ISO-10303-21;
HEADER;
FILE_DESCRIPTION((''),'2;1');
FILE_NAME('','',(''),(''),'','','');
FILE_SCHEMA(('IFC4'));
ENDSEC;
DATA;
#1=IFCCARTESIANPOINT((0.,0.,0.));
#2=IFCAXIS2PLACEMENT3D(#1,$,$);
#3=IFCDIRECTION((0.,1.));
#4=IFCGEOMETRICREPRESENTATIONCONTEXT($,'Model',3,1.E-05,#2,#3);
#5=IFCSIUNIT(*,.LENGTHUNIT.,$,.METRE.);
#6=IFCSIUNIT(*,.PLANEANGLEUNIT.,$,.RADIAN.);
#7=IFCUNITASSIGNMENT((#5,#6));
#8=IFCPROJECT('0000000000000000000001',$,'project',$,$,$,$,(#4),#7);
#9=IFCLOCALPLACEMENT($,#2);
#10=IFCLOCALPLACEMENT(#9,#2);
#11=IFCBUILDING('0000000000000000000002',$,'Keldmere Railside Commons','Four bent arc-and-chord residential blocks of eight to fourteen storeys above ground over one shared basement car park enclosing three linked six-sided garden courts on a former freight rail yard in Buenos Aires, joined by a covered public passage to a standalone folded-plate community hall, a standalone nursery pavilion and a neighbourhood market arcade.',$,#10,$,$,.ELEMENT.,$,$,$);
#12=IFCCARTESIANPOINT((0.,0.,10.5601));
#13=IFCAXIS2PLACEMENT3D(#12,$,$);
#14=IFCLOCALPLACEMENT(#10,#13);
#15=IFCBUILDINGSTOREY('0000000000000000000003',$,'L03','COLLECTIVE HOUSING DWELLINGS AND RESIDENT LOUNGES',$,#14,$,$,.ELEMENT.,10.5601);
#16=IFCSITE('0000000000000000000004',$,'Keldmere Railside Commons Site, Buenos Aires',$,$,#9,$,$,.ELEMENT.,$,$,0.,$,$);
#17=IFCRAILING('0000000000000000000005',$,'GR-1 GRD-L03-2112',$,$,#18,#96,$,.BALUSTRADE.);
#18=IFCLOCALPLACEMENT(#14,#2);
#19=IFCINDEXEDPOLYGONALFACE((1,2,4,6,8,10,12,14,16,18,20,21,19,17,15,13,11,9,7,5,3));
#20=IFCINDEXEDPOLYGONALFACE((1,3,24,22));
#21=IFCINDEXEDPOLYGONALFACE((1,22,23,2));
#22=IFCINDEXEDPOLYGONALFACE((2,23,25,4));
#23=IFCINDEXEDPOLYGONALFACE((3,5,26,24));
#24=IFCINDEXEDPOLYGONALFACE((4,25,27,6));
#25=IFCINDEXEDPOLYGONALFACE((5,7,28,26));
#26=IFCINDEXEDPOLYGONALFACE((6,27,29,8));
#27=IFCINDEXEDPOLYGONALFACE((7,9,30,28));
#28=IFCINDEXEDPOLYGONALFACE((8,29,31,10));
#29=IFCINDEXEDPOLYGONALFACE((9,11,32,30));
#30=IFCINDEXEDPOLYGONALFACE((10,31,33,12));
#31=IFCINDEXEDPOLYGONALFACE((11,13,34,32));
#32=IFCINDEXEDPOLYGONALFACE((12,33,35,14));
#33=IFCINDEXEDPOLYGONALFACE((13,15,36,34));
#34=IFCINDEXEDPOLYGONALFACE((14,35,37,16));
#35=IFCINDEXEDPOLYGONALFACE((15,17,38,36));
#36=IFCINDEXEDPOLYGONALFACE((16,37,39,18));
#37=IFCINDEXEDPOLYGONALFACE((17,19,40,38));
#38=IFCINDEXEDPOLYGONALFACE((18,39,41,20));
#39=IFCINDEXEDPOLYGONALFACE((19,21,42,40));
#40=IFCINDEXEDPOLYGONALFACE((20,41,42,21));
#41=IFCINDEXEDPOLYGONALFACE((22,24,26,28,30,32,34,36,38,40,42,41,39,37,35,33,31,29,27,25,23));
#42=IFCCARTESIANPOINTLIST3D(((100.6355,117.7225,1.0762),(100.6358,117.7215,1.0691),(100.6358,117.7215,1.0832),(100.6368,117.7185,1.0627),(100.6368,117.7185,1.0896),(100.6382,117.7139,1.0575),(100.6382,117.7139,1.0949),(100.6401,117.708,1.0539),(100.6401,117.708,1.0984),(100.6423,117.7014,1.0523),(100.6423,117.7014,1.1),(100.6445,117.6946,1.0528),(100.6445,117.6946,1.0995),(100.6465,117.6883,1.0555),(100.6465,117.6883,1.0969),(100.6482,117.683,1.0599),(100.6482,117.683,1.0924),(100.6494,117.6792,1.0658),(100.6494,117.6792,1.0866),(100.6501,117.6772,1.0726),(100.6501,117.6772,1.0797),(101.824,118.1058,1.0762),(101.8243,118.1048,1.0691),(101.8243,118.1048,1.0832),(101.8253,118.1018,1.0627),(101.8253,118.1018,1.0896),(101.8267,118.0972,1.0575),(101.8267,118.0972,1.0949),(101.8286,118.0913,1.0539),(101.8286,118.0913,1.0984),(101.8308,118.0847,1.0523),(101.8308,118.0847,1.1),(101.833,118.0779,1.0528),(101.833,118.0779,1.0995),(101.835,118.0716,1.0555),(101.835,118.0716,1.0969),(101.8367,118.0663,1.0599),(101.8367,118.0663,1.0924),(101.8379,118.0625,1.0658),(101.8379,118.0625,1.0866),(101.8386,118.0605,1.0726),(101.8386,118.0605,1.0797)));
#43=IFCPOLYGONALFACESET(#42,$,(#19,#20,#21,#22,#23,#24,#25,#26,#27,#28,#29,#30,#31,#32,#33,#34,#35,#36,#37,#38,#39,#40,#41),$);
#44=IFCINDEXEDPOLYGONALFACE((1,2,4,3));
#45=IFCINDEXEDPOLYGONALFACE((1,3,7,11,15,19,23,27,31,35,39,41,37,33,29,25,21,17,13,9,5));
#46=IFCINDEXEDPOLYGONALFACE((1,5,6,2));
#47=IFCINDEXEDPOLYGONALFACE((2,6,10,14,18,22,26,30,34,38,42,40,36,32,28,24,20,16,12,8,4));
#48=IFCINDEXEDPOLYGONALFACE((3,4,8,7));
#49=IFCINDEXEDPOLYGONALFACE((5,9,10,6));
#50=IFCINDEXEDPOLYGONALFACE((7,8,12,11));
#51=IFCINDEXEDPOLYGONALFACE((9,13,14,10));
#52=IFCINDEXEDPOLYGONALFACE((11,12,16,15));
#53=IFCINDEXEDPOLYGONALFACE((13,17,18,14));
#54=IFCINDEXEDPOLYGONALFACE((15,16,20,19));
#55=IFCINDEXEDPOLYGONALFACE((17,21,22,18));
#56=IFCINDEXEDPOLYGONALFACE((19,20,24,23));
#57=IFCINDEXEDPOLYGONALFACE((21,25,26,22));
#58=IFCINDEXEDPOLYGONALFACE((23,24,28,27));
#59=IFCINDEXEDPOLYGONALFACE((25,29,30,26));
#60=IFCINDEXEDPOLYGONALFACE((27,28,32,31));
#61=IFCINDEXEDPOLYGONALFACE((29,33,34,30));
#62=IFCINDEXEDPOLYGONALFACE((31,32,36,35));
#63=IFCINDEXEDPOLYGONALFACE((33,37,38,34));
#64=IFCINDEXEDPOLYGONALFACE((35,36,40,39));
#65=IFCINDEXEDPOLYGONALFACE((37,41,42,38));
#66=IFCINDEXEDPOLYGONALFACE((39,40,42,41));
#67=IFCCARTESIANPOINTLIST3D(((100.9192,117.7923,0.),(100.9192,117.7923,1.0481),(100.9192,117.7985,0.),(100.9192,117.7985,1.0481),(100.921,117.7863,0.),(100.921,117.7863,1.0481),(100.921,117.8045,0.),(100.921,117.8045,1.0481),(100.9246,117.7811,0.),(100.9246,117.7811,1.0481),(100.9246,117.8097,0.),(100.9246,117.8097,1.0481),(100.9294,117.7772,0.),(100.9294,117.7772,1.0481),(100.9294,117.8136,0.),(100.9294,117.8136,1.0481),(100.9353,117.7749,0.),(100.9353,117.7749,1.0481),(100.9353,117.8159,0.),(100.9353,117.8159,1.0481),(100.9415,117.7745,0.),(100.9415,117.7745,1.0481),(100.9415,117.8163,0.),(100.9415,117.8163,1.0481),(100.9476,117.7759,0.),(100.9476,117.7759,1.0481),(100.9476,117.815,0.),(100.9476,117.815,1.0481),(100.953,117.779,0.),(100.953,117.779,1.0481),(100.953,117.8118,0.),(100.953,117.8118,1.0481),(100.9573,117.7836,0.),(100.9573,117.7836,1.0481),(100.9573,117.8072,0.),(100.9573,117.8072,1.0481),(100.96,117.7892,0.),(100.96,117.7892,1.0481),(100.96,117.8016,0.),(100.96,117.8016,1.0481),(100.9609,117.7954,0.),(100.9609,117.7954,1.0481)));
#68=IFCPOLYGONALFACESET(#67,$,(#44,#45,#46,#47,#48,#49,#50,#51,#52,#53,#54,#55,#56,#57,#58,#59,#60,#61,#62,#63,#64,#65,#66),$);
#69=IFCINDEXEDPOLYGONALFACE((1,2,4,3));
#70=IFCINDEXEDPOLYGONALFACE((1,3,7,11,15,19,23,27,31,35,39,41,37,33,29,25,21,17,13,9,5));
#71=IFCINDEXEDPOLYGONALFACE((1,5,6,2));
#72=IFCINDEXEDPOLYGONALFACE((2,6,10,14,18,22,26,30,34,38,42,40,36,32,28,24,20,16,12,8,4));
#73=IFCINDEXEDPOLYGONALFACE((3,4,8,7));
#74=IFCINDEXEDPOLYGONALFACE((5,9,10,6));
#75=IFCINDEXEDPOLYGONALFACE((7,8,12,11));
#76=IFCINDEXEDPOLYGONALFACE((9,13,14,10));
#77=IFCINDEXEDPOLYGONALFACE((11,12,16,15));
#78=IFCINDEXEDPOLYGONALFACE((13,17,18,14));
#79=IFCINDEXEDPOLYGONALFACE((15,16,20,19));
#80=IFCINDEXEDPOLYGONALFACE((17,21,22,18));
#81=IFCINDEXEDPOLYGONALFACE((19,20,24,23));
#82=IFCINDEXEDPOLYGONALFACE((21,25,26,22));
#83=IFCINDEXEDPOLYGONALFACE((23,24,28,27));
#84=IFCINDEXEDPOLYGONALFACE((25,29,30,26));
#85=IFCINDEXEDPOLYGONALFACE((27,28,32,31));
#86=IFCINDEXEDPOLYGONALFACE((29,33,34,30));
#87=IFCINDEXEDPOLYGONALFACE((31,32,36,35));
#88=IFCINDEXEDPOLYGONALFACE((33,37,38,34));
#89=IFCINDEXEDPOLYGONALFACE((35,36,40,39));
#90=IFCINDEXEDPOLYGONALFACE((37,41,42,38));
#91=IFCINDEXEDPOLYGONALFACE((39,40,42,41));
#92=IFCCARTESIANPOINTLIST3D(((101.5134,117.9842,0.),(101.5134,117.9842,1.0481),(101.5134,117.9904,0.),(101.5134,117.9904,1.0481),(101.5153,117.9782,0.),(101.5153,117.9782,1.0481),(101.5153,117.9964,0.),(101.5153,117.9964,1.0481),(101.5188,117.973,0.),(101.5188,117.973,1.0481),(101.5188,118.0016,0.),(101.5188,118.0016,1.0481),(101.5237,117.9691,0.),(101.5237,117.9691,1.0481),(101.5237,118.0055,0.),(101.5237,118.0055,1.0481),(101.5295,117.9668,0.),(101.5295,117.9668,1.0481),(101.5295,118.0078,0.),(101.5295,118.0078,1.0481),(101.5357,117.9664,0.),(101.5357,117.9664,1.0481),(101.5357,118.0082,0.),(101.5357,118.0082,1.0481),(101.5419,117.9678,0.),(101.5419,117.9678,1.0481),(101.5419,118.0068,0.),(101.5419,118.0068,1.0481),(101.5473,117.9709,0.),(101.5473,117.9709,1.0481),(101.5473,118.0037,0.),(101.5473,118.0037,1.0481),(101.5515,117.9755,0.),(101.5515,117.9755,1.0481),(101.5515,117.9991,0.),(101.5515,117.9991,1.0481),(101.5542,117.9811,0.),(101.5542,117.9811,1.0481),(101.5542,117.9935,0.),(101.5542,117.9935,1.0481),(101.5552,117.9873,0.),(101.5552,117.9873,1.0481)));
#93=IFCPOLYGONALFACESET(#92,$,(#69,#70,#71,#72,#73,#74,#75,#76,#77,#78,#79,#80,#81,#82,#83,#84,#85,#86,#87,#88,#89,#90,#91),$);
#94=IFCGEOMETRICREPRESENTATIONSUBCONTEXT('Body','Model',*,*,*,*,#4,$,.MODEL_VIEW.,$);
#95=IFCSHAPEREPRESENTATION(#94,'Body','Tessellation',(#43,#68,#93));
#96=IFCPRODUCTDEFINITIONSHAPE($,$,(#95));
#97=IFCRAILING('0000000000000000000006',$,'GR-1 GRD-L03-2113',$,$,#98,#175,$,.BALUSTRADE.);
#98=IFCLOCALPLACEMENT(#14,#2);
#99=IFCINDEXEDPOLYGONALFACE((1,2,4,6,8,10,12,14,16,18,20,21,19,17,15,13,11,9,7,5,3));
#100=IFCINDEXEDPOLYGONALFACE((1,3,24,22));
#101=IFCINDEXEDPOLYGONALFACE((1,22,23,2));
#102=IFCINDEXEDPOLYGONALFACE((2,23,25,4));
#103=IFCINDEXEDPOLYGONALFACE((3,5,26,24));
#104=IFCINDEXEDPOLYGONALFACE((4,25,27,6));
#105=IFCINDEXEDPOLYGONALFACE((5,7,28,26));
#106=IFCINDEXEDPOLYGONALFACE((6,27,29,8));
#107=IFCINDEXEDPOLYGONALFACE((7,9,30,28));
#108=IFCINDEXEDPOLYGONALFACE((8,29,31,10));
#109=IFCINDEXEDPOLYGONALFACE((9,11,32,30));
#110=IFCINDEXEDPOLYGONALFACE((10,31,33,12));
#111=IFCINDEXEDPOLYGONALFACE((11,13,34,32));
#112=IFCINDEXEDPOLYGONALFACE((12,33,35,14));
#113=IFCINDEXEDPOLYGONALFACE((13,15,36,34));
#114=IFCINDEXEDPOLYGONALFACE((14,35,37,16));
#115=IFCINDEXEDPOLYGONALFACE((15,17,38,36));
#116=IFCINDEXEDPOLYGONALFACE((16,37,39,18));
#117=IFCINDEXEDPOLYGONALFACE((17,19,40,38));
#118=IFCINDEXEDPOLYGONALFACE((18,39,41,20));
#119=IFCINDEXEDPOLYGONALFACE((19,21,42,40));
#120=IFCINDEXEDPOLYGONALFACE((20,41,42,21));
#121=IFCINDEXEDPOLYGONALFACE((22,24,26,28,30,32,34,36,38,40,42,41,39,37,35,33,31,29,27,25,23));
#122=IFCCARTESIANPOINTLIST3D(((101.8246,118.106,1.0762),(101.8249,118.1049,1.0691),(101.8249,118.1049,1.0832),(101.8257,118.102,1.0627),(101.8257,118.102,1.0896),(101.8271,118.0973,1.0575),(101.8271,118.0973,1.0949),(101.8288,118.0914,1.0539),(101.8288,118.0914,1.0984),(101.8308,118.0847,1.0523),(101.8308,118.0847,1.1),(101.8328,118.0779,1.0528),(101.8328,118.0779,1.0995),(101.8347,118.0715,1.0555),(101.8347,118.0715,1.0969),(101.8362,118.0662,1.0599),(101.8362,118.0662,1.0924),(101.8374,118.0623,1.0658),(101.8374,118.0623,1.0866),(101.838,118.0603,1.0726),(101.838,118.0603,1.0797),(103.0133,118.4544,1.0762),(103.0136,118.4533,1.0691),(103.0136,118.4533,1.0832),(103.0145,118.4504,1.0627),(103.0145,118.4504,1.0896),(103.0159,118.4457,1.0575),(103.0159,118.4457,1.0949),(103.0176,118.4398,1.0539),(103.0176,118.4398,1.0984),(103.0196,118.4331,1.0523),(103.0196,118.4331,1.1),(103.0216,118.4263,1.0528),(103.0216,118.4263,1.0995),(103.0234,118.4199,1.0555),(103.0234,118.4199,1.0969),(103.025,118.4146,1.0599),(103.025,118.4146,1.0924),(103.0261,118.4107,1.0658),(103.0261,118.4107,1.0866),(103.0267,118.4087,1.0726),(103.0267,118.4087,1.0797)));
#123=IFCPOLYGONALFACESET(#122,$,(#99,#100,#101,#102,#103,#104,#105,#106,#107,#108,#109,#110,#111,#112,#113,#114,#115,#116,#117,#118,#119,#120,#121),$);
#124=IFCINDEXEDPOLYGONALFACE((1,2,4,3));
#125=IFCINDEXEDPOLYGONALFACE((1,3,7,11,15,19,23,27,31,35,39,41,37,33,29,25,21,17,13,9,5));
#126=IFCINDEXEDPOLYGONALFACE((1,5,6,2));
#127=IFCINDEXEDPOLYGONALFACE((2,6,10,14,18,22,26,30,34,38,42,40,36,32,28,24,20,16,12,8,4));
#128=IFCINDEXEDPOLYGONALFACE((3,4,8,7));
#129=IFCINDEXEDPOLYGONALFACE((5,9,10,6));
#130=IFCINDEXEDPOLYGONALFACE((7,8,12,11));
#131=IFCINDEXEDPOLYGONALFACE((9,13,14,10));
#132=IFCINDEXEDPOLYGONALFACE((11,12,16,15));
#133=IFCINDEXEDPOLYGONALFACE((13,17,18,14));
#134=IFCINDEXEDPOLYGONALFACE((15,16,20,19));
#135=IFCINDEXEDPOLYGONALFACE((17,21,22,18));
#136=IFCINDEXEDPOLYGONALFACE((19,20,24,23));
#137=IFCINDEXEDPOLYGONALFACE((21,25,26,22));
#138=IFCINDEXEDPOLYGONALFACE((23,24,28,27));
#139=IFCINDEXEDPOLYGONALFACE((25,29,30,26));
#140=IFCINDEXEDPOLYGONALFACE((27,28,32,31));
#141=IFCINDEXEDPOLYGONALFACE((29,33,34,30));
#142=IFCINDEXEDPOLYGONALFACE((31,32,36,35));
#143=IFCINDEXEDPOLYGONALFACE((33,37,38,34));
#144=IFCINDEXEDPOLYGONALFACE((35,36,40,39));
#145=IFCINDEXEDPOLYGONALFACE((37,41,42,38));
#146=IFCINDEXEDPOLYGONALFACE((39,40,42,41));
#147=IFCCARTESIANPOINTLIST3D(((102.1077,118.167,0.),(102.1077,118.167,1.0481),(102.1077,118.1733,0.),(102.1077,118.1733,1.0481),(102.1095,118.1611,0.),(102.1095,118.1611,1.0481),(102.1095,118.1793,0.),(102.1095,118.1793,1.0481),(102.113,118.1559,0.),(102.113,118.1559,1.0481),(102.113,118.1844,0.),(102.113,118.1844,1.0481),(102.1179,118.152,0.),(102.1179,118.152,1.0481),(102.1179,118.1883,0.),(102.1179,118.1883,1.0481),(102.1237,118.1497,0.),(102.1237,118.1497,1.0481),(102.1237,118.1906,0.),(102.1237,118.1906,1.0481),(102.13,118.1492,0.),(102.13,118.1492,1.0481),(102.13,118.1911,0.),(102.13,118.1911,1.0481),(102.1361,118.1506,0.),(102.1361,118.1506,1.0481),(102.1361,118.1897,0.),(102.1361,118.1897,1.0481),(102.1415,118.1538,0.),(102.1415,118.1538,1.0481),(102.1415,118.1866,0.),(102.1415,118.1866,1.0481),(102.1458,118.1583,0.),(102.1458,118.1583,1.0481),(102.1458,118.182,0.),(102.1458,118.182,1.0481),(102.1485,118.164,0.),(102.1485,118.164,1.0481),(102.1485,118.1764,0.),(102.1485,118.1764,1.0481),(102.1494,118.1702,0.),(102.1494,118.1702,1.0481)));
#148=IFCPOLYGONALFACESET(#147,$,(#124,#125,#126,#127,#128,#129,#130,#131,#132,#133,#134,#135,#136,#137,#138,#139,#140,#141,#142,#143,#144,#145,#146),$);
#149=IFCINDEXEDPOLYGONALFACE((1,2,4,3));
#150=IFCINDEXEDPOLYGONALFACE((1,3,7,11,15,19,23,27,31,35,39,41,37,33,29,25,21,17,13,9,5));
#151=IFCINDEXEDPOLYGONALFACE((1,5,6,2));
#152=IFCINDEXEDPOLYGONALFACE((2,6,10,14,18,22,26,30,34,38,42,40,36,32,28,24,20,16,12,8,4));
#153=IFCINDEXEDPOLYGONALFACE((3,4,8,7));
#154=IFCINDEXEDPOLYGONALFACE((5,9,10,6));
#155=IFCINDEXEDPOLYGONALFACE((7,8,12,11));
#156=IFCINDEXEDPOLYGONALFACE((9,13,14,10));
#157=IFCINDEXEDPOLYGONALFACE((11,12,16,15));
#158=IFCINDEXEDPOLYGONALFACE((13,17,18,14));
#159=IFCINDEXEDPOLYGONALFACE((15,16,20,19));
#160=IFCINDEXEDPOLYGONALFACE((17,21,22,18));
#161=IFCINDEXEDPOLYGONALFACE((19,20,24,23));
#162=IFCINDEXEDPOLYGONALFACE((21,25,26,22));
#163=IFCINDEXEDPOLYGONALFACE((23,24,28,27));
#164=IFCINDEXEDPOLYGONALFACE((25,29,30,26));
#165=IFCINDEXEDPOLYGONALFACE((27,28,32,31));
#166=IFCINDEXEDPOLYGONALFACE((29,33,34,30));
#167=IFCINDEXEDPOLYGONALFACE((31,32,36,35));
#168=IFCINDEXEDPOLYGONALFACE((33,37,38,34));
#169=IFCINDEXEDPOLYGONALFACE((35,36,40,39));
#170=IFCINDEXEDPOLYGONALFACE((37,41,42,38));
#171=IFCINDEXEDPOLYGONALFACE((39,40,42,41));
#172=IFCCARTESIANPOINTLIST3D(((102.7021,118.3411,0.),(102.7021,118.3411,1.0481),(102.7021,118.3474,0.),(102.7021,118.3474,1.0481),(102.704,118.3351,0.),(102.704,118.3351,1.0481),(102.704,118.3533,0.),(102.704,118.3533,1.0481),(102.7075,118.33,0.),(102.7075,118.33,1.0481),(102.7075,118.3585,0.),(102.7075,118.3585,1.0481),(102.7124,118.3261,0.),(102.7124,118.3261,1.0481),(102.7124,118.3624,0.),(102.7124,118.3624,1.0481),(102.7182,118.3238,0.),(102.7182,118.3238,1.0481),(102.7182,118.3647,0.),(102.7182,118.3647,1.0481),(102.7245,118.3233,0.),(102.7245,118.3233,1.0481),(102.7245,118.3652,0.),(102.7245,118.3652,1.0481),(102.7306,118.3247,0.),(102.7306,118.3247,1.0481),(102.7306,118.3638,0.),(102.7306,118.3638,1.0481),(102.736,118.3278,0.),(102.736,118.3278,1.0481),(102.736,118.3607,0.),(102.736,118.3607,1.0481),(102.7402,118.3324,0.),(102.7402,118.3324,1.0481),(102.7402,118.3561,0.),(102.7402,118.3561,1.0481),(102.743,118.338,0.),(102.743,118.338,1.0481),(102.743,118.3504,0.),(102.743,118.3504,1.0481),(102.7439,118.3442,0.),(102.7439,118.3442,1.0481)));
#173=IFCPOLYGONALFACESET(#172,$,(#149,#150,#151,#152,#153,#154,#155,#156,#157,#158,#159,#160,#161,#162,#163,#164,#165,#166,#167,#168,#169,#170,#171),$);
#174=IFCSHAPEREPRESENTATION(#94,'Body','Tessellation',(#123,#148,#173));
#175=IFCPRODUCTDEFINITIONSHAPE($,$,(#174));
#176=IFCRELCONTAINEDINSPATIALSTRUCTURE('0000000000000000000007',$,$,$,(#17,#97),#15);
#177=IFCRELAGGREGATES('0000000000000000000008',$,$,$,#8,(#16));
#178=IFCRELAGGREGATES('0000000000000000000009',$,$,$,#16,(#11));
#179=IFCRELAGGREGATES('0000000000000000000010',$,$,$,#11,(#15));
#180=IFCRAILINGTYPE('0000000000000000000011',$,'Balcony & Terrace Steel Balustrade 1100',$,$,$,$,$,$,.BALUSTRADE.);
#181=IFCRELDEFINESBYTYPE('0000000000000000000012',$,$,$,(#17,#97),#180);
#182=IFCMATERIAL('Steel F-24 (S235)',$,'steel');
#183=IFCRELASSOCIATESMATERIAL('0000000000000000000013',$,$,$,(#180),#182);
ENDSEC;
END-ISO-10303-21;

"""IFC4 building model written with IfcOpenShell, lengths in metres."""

from ifc_helpers import new_model, si_unit, direction, frame, origin, origin_2d, place, context, subcontext, project, spatial, circle, extrude, material, type_object, element, save


model = new_model("IFC4")

# Units and contexts
model_context = context("Model", 3, precision=1e-05, world=origin(), true_north=direction((0.0, 1.0)))
body_context = subcontext(model_context, "Body", "Model", "MODEL_VIEW")
ifc_project = project(units=[si_unit("LENGTHUNIT", "METRE"), si_unit("PLANEANGLEUNIT", "RADIAN")], contexts=[model_context])

# Site, building, storey
site_placement = place(None, origin())
site = spatial("IfcSite", under=ifc_project, at=site_placement, Name="Keldmere Railside Commons Site, Buenos Aires", CompositionType="ELEMENT", RefElevation=0.0)
building_placement = place(site_placement, origin())
building = spatial("IfcBuilding", under=site, at=building_placement, Name="Keldmere Railside Commons", Description="Four bent arc-and-chord residential blocks of eight to fourteen storeys above ground over one shared basement car park enclosing three linked six-sided garden courts on a former freight rail yard in Buenos Aires, joined by a covered public passage to a standalone folded-plate community hall, a standalone nursery pavilion and a neighbourhood market arcade.", CompositionType="ELEMENT")
storey_placement = place(building_placement, frame((0.0, 0.0, 10.5601)))
storey = spatial("IfcBuildingStorey", under=building, at=storey_placement, Name="L03", Description="COLLECTIVE HOUSING DWELLINGS AND RESIDENT LOUNGES", CompositionType="ELEMENT", Elevation=10.5601)

# Railings
ifc_material_1 = material(Name="Steel F-24 (S235)", Category="steel")
railing_type = type_object("IfcRailingType", Name="Balcony & Terrace Steel Balustrade 1100", PredefinedType="BALUSTRADE", material=ifc_material_1)
railing_1_placement = place(storey_placement, frame((100.6428, 117.6997, 0.0)))
element("IfcRailing", 1, at=railing_1_placement, inside=storey, type_object=railing_type, Name="GR-1 GRD-L03-2112", PredefinedType="BALUSTRADE", context=body_context, shape_type="SweptSolid", body=[
    extrude(circle(Radius=0.0239, at=origin_2d()), frame((0.0, 0.0, 1.0762), z_axis=(0.951727, 0.306946, 0.0), x_axis=(-0.306946, 0.951727, 0.0)), (0.0, 0.0, 1.0), 1.2488),
    extrude(circle(Radius=0.021, at=origin_2d()), frame((0.2971, 0.0957, 0.0)), (0.0, 0.0, 1.0), 1.0481),
    extrude(circle(Radius=0.021, at=origin_2d()), frame((0.8914, 0.2876, 0.0)), (0.0, 0.0, 1.0), 1.0481),
])
railing_2_placement = place(storey_placement, frame((101.8313, 118.083, 0.0)))
element("IfcRailing", 2, at=railing_2_placement, inside=storey, type_object=railing_type, Name="GR-1 GRD-L03-2113", PredefinedType="BALUSTRADE", context=body_context, shape_type="SweptSolid", body=[
    extrude(circle(Radius=0.0239, at=origin_2d()), frame((0.0, 0.0, 1.0762), z_axis=(0.959635, 0.281249, 0.0), x_axis=(-0.281249, 0.959635, 0.0)), (0.0, 0.0, 1.0), 1.2388),
    extrude(circle(Radius=0.021, at=origin_2d()), frame((0.2971, 0.0872, 0.0)), (0.0, 0.0, 1.0), 1.0481),
    extrude(circle(Radius=0.021, at=origin_2d()), frame((0.8916, 0.2612, 0.0)), (0.0, 0.0, 1.0), 1.0481),
])

save(model, "model.ifc")
